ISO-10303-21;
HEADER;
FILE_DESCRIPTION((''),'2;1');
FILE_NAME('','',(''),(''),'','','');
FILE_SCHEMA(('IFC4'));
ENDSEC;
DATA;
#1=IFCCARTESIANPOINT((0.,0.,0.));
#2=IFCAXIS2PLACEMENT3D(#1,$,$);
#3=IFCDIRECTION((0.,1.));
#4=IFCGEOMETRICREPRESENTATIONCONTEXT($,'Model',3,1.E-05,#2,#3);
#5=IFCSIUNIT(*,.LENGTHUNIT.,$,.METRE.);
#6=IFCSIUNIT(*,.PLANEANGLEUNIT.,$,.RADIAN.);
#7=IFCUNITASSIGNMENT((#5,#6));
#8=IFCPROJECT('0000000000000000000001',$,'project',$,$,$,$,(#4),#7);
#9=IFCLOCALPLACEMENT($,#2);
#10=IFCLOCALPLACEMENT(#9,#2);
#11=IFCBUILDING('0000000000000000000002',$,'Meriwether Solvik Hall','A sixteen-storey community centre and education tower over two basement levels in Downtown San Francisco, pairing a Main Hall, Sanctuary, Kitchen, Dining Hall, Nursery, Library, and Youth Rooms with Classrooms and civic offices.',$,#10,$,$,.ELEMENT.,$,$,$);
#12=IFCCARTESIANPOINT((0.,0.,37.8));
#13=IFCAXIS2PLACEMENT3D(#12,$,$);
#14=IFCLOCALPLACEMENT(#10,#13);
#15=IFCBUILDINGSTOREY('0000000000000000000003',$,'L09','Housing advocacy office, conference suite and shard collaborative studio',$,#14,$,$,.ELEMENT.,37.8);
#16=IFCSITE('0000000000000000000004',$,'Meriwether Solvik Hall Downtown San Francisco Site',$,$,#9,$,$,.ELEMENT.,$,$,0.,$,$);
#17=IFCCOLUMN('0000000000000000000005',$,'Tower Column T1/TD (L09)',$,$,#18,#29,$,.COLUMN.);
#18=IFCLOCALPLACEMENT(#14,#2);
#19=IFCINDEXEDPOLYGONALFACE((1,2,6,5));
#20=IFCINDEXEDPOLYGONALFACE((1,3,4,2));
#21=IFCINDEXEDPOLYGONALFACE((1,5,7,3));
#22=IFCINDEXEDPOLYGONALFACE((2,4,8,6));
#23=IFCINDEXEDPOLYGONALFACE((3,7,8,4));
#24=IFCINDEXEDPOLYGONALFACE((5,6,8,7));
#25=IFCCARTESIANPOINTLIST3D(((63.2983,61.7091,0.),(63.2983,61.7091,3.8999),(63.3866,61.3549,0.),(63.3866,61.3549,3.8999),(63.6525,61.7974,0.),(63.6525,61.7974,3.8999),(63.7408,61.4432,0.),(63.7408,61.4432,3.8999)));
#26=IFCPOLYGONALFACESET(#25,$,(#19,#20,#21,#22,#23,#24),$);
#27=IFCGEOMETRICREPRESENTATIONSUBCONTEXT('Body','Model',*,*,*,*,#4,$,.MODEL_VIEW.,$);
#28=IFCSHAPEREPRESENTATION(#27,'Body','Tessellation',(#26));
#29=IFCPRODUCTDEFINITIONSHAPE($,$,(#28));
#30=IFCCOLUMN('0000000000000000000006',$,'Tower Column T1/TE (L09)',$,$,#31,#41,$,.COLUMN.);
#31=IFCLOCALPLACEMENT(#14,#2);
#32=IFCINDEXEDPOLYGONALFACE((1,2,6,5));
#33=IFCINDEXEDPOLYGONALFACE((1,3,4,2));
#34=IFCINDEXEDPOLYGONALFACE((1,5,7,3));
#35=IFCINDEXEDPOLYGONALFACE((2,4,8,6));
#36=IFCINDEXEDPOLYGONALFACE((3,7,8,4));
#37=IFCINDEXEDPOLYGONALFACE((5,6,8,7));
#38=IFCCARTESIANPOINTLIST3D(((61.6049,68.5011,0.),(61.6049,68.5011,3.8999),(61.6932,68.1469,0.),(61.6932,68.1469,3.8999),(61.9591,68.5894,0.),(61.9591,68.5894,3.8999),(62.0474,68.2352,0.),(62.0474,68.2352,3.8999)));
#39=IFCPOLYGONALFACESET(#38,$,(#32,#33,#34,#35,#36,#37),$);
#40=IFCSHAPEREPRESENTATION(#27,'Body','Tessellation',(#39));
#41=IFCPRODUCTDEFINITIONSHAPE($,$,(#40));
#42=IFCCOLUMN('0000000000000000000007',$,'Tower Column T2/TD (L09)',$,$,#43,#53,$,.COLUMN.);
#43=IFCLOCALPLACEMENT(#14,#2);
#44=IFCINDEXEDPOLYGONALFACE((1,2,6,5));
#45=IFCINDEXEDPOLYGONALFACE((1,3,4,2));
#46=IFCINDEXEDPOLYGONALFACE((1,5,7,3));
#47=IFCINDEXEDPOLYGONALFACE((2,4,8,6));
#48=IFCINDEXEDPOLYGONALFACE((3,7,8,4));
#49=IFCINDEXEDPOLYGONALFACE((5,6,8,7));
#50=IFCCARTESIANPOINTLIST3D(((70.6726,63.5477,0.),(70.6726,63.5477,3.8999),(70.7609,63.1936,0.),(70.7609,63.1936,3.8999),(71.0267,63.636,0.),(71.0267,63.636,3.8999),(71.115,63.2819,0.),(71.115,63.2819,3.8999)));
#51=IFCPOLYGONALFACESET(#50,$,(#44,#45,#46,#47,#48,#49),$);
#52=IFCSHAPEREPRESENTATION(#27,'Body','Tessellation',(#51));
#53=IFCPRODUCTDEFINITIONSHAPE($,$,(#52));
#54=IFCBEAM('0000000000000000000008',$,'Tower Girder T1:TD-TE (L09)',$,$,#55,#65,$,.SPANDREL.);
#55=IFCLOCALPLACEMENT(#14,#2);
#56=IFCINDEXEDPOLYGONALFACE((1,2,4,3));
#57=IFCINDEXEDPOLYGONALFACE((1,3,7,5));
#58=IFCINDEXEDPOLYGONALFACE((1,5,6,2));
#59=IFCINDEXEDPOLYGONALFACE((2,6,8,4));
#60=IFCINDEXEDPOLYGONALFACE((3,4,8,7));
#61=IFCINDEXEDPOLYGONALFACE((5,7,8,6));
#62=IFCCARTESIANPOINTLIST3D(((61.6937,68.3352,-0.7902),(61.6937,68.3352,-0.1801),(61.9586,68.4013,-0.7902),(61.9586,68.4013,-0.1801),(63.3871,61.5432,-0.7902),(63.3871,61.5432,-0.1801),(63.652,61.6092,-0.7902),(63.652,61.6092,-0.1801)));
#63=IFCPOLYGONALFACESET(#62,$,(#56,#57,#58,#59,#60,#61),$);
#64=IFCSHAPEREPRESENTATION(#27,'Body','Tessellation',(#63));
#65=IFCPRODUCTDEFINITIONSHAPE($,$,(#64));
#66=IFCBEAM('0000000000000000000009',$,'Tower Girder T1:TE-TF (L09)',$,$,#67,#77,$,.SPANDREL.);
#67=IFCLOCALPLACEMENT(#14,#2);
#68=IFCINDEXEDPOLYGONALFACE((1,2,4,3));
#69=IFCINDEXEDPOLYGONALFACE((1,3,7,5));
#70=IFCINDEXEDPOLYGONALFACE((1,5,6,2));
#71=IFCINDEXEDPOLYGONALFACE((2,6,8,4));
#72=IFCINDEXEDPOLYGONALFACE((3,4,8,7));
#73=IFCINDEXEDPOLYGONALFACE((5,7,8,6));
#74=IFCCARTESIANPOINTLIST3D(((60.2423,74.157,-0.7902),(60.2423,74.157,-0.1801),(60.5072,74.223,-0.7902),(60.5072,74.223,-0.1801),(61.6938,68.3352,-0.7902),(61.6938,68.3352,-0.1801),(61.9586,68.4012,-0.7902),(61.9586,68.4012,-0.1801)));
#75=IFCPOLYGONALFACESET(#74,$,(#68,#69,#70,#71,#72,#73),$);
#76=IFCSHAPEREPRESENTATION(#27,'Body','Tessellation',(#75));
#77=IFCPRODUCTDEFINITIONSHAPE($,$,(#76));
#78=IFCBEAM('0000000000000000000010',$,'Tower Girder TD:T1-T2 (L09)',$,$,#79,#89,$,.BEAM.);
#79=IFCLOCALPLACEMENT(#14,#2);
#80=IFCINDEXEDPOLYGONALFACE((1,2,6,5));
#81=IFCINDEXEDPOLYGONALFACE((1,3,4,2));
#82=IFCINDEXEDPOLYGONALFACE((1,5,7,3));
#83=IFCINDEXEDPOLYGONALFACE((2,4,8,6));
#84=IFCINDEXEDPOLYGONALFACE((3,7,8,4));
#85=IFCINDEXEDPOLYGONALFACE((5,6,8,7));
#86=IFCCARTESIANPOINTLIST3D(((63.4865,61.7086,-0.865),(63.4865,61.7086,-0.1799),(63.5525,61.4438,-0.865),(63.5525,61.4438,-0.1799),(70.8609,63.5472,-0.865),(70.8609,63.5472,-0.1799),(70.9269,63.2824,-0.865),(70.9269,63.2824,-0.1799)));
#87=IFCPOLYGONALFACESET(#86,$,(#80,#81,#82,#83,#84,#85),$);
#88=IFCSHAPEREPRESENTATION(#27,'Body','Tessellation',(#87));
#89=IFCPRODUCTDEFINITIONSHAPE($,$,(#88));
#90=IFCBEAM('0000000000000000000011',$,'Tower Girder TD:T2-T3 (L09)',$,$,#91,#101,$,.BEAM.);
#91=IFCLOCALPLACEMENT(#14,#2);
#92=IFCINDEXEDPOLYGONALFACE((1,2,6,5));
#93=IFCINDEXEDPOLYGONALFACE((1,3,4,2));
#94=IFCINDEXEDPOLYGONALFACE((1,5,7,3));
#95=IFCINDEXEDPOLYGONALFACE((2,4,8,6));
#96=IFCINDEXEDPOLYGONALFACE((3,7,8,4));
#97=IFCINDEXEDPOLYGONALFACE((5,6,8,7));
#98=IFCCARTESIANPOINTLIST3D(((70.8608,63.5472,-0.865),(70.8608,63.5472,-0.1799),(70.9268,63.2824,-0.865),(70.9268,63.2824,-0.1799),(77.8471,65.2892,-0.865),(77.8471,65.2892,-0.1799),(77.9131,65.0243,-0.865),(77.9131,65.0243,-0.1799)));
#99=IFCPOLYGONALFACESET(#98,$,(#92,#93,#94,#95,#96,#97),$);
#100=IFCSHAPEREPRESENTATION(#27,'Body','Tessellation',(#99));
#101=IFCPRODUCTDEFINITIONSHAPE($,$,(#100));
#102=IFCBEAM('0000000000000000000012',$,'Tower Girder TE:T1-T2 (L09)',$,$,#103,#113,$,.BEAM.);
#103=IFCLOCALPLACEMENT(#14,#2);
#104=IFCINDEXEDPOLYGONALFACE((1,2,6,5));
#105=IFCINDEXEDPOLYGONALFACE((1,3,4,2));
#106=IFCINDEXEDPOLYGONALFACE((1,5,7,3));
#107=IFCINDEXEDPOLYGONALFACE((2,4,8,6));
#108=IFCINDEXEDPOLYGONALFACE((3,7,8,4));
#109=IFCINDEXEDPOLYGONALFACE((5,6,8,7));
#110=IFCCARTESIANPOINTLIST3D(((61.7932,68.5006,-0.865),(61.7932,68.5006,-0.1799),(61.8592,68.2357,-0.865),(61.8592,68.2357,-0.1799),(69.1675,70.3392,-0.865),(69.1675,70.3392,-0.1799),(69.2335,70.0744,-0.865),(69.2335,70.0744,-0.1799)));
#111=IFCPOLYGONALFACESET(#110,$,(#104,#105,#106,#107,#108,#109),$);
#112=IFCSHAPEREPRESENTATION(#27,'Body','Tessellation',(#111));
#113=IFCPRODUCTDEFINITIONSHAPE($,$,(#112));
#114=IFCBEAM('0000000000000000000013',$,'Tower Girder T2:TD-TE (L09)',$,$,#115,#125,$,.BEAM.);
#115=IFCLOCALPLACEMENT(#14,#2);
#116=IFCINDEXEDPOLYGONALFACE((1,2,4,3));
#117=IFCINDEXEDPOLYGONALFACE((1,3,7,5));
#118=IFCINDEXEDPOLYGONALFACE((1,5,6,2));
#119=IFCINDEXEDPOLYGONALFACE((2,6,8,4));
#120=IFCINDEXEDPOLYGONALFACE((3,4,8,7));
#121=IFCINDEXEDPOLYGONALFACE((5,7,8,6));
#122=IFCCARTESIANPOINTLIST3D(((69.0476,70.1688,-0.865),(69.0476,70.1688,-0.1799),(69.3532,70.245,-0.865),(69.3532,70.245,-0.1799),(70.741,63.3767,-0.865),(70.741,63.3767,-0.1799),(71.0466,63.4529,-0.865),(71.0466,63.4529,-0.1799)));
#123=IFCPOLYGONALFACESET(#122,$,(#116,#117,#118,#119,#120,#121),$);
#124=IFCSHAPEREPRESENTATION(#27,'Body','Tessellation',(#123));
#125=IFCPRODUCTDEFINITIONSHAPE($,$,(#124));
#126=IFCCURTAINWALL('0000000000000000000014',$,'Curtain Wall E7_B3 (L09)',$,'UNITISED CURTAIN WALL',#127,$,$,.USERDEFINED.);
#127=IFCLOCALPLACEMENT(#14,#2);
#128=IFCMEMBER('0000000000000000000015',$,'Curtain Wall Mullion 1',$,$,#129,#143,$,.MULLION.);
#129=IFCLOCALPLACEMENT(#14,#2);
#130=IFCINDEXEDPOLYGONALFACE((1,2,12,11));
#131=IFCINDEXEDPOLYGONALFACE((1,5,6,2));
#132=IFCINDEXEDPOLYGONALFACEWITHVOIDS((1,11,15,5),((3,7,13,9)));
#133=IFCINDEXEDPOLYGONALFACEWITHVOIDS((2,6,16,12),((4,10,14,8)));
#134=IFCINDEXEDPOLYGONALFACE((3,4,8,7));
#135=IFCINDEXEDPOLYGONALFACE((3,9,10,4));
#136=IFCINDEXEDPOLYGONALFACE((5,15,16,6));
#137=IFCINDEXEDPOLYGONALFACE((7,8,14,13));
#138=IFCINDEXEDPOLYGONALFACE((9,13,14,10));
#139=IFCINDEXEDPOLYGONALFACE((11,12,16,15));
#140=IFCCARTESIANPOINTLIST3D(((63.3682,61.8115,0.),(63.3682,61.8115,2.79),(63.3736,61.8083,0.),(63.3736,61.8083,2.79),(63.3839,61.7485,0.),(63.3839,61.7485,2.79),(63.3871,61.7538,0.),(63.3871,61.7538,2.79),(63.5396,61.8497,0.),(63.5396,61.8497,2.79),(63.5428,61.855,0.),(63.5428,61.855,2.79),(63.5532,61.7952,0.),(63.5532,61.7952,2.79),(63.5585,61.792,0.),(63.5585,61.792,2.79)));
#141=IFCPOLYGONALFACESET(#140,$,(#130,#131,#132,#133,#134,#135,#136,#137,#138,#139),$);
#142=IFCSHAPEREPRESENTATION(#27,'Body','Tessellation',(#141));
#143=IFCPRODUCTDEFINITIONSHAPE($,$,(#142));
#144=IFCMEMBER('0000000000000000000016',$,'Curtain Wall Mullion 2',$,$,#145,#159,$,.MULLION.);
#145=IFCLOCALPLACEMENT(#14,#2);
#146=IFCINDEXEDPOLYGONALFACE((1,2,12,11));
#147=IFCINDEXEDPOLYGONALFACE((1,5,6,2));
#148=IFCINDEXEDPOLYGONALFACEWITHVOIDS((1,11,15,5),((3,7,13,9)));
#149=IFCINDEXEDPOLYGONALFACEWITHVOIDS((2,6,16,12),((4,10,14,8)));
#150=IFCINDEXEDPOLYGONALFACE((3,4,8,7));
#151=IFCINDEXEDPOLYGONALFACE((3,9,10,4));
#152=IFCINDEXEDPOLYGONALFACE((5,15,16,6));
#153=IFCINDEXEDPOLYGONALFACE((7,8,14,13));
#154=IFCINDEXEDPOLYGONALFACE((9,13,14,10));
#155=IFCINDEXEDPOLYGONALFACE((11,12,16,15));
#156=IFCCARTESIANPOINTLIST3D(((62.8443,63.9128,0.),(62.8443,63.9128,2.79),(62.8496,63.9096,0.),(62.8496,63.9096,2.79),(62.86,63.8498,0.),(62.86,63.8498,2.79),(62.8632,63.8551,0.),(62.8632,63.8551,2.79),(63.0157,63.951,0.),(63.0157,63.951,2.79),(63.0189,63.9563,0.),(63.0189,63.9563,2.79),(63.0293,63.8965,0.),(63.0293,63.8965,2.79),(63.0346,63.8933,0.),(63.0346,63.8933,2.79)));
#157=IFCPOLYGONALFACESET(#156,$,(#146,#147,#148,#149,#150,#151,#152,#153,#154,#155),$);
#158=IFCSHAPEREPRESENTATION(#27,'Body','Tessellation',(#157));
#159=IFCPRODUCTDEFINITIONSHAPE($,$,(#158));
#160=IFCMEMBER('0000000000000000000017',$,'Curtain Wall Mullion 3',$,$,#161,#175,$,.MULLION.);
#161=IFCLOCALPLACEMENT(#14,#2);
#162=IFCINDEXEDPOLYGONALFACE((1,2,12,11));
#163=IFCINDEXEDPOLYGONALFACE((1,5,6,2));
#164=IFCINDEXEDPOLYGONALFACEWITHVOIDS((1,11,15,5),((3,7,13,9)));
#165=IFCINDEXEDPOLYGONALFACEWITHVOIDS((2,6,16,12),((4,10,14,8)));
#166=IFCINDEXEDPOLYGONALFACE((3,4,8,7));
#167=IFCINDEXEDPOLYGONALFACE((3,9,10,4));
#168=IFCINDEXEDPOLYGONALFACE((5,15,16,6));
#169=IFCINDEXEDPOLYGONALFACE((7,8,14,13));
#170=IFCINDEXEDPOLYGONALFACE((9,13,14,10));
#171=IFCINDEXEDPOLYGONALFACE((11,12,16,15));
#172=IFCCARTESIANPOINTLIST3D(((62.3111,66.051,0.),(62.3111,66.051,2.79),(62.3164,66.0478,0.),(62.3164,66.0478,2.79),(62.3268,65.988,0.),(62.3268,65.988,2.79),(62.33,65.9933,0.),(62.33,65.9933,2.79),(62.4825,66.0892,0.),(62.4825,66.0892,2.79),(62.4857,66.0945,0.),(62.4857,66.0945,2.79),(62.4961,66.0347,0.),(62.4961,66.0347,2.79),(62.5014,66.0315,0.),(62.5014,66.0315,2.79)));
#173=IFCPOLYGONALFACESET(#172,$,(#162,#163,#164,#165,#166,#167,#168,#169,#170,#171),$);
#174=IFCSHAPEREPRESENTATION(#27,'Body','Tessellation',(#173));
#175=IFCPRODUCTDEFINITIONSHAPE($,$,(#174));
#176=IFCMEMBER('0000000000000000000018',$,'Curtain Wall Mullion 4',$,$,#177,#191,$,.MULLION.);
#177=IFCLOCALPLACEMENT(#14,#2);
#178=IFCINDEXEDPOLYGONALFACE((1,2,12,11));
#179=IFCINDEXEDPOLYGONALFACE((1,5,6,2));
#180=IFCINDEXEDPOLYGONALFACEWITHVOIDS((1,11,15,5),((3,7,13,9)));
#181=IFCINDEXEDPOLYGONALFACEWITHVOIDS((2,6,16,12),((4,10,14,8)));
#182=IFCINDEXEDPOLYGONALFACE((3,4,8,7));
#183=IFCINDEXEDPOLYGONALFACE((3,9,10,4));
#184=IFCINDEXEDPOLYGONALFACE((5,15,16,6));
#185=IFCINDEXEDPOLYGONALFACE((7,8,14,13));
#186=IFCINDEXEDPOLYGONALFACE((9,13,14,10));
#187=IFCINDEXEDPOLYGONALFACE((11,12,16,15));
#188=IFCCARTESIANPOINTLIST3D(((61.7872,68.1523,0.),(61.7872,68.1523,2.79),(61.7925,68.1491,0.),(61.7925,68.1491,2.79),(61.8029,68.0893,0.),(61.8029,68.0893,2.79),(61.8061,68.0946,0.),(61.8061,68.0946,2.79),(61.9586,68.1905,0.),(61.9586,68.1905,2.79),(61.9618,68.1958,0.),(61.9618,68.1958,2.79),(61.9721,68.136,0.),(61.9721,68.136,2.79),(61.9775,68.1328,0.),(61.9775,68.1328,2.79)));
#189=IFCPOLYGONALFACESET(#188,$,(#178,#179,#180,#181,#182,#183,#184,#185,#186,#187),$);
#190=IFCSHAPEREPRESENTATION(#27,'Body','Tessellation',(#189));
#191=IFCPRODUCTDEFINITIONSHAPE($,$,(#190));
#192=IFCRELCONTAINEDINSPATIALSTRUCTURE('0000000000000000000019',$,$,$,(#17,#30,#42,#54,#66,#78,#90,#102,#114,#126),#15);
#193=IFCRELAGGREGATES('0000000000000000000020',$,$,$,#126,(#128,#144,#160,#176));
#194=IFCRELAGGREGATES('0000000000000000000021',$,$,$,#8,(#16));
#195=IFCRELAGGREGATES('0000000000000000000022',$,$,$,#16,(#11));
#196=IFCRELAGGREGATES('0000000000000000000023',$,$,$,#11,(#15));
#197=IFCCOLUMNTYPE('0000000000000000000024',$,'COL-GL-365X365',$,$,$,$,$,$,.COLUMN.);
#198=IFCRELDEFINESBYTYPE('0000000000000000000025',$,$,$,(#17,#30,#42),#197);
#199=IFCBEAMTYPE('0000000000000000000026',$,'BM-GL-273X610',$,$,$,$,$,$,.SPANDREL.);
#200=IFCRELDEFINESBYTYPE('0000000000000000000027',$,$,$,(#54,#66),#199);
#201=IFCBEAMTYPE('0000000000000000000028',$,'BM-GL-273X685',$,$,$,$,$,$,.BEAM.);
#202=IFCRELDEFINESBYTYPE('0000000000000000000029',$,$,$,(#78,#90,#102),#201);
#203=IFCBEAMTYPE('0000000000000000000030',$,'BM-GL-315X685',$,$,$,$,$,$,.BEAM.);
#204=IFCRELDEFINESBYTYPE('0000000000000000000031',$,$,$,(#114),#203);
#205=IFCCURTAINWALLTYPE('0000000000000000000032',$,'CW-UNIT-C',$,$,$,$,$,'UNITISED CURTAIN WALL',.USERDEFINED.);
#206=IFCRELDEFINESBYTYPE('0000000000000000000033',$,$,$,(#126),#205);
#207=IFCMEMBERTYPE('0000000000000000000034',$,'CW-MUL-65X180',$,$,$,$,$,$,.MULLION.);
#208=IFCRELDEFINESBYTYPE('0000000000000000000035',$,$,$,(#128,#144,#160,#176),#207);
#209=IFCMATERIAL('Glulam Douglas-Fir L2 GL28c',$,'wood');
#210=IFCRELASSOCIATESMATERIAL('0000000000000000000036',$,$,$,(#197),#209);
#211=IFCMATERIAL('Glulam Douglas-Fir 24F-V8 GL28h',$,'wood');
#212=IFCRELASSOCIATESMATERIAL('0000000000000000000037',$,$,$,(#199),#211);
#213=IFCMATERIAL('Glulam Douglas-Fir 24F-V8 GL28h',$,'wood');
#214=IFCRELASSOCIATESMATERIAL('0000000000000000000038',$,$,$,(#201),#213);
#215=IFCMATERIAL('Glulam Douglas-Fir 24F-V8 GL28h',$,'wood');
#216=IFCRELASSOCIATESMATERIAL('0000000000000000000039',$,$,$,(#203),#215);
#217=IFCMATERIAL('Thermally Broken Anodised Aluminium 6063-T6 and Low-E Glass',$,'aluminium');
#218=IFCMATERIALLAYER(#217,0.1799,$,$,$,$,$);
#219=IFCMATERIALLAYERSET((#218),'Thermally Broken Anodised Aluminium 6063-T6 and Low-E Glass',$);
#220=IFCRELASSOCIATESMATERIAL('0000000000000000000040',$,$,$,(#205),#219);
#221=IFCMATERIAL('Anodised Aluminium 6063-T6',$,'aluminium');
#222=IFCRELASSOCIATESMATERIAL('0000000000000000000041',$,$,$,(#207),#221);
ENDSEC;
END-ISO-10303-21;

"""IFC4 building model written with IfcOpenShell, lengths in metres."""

from ifc_helpers import new_model, si_unit, direction, frame, origin, origin_2d, place, context, subcontext, project, spatial, rectangle, hollow_rectangle, extrude, material, layer, layer_set, material_profile, profile_set, type_object, element, aggregate, save


model = new_model("IFC4")

# Units and contexts
model_context = context("Model", 3, precision=1e-05, world=origin(), true_north=direction((0.0, 1.0)))
body_context = subcontext(model_context, "Body", "Model", "MODEL_VIEW")
ifc_project = project(units=[si_unit("LENGTHUNIT", "METRE"), si_unit("PLANEANGLEUNIT", "RADIAN")], contexts=[model_context])

# Site, building, storey
site_placement = place(None, origin())
site = spatial("IfcSite", under=ifc_project, at=site_placement, Name="Meriwether Solvik Hall Downtown San Francisco Site", CompositionType="ELEMENT", RefElevation=0.0)
building_placement = place(site_placement, origin())
building = spatial("IfcBuilding", under=site, at=building_placement, Name="Meriwether Solvik Hall", Description="A sixteen-storey community centre and education tower over two basement levels in Downtown San Francisco, pairing a Main Hall, Sanctuary, Kitchen, Dining Hall, Nursery, Library, and Youth Rooms with Classrooms and civic offices.", CompositionType="ELEMENT")
storey_placement = place(building_placement, frame((0.0, 0.0, 37.8)))
storey = spatial("IfcBuildingStorey", under=building, at=storey_placement, Name="L09", Description="Housing advocacy office, conference suite and shard collaborative studio", CompositionType="ELEMENT", Elevation=37.8)

# Columns
ifc_material_1 = material(Name="Glulam Douglas-Fir L2 GL28c", Category="wood")
ifc_material_profile_1 = material_profile(ifc_material_1, rectangle(XDim=0.365, YDim=0.365, at=origin_2d()), Name="GLC-365X365")
ifc_profile_set_1 = profile_set([ifc_material_profile_1], Name="Glulam Douglas-Fir L2 GL28c")
column_type = type_object("IfcColumnType", Name="COL-GL-365X365", PredefinedType="COLUMN", material=ifc_profile_set_1)
for number, where, z_axis, x_axis, name in (
    (1, (63.5195, 61.5762, 0.0), (0.0, 0.0, 1.0), (0.970296, 0.241922, 0.0), "Tower Column T1/TD (L09)"),
    (2, (61.8262, 68.3682, 0.0), (0.0, 0.0, 1.0), (0.970296, 0.241922, 0.0), "Tower Column T1/TE (L09)"),
    (3, (70.8938, 63.4148, 0.0), (0.0, 0.0, 1.0), (0.970296, 0.241922, 0.0), "Tower Column T2/TD (L09)"),
):
    element("IfcColumn", number, at=place(storey_placement, frame(where, z_axis=z_axis, x_axis=x_axis)), inside=storey, type_object=column_type, Name=name, PredefinedType="COLUMN", context=body_context, shape_type="SweptSolid", body=[
        extrude(rectangle(XDim=0.365, YDim=0.365, at=origin_2d()), origin(), (0.0, 0.0, 1.0), 3.8999),
    ])

# Beams
ifc_material_2 = material(Name="Glulam Douglas-Fir 24F-V8 GL28h", Category="wood")
ifc_material_profile_2 = material_profile(ifc_material_2, rectangle(XDim=0.2729, YDim=0.6101, at=origin_2d()), Name="GLB-273X610")
ifc_profile_set_2 = profile_set([ifc_material_profile_2], Name="Glulam Douglas-Fir 24F-V8 GL28h")
beam_type_1 = type_object("IfcBeamType", Name="BM-GL-273X610", PredefinedType="SPANDREL", material=ifc_profile_set_2)
beam_1_placement = place(storey_placement, frame((63.5195, 61.5762, -0.4851), z_axis=(-0.241912, 0.970298, 0.0), x_axis=(-0.970298, -0.241912, 0.0)))
element("IfcBeam", 4, at=beam_1_placement, inside=storey, type_object=beam_type_1, Name="Tower Girder T1:TD-TE (L09)", PredefinedType="SPANDREL", context=body_context, shape_type="SweptSolid", body=[
    extrude(rectangle(XDim=0.2729, YDim=0.6101, at=origin_2d()), origin(), (0.0, 0.0, 1.0), 7.0),
])
beam_2_placement = place(storey_placement, frame((61.8262, 68.3682, -0.4851), z_axis=(-0.241904, 0.9703, 0.0), x_axis=(-0.9703, -0.241904, 0.0)))
element("IfcBeam", 5, at=beam_2_placement, inside=storey, type_object=beam_type_1, Name="Tower Girder T1:TE-TF (L09)", PredefinedType="SPANDREL", context=body_context, shape_type="SweptSolid", body=[
    extrude(rectangle(XDim=0.2729, YDim=0.6101, at=origin_2d()), origin(), (0.0, 0.0, 1.0), 6.0),
])
ifc_material_3 = material(Name="Glulam Douglas-Fir 24F-V8 GL28h", Category="wood")
ifc_material_profile_3 = material_profile(ifc_material_3, rectangle(XDim=0.2729, YDim=0.6851, at=origin_2d()), Name="GLB-273X685")
ifc_profile_set_3 = profile_set([ifc_material_profile_3], Name="Glulam Douglas-Fir 24F-V8 GL28h")
beam_type_2 = type_object("IfcBeamType", Name="BM-GL-273X685", PredefinedType="BEAM", material=ifc_profile_set_3)
beam_3_placement = place(storey_placement, frame((63.5195, 61.5762, -0.5225), z_axis=(0.970295, 0.241923, 0.0), x_axis=(-0.241923, 0.970295, 0.0)))
element("IfcBeam", 6, at=beam_3_placement, inside=storey, type_object=beam_type_2, Name="Tower Girder TD:T1-T2 (L09)", PredefinedType="BEAM", context=body_context, shape_type="SweptSolid", body=[
    extrude(rectangle(XDim=0.2729, YDim=0.6851, at=origin_2d()), origin(), (0.0, 0.0, 1.0), 7.6001),
])
beam_4_placement = place(storey_placement, frame((70.8938, 63.4148, -0.5225), z_axis=(0.970294, 0.241929, 0.0), x_axis=(-0.241929, 0.970294, 0.0)))
element("IfcBeam", 7, at=beam_4_placement, inside=storey, type_object=beam_type_2, Name="Tower Girder TD:T2-T3 (L09)", PredefinedType="BEAM", context=body_context, shape_type="SweptSolid", body=[
    extrude(rectangle(XDim=0.2729, YDim=0.6851, at=origin_2d()), origin(), (0.0, 0.0, 1.0), 7.2002),
])
beam_5_placement = place(storey_placement, frame((61.8262, 68.3682, -0.5225), z_axis=(0.970295, 0.241923, 0.0), x_axis=(-0.241923, 0.970295, 0.0)))
element("IfcBeam", 8, at=beam_5_placement, inside=storey, type_object=beam_type_2, Name="Tower Girder TE:T1-T2 (L09)", PredefinedType="BEAM", context=body_context, shape_type="SweptSolid", body=[
    extrude(rectangle(XDim=0.2729, YDim=0.6851, at=origin_2d()), origin(), (0.0, 0.0, 1.0), 7.6001),
])
ifc_material_4 = material(Name="Glulam Douglas-Fir 24F-V8 GL28h", Category="wood")
ifc_material_profile_4 = material_profile(ifc_material_4, rectangle(XDim=0.3149, YDim=0.6851, at=origin_2d()), Name="GLB-315X685")
ifc_profile_set_4 = profile_set([ifc_material_profile_4], Name="Glulam Douglas-Fir 24F-V8 GL28h")
beam_type_3 = type_object("IfcBeamType", Name="BM-GL-315X685", PredefinedType="BEAM", material=ifc_profile_set_4)
beam_6_placement = place(storey_placement, frame((70.8938, 63.4148, -0.5225), z_axis=(-0.241912, 0.970298, 0.0), x_axis=(-0.970298, -0.241912, 0.0)))
element("IfcBeam", 9, at=beam_6_placement, inside=storey, type_object=beam_type_3, Name="Tower Girder T2:TD-TE (L09)", PredefinedType="BEAM", context=body_context, shape_type="SweptSolid", body=[
    extrude(rectangle(XDim=0.3149, YDim=0.6851, at=origin_2d()), origin(), (0.0, 0.0, 1.0), 7.0),
])

# Curtain wall, members
ifc_material_5 = material(Name="Thermally Broken Anodised Aluminium 6063-T6 and Low-E Glass", Category="aluminium")
ifc_layer_1 = layer(ifc_material_5, 0.1799)
ifc_layer_set_1 = layer_set([ifc_layer_1], Name="Thermally Broken Anodised Aluminium 6063-T6 and Low-E Glass")
curtain_wall_type_1 = type_object("IfcCurtainWallType", Name="CW-UNIT-C", ElementType="UNITISED CURTAIN WALL", PredefinedType="USERDEFINED", material=ifc_layer_set_1)
curtain_wall_1_placement = place(storey_placement, origin())
curtain_wall_1 = element("IfcCurtainWall", 10, at=curtain_wall_1_placement, inside=storey, type_object=curtain_wall_type_1, Name="Curtain Wall E7_B3 (L09)", ObjectType="UNITISED CURTAIN WALL", PredefinedType="USERDEFINED")
ifc_material_6 = material(Name="Anodised Aluminium 6063-T6", Category="aluminium")
ifc_material_profile_5 = material_profile(ifc_material_6, hollow_rectangle(XDim=0.0649, YDim=0.1799, WallThickness=0.0044, at=origin_2d()), Name="CWM-65X180")
ifc_profile_set_5 = profile_set([ifc_material_profile_5], Name="Anodised Aluminium 6063-T6")
member_type_1 = type_object("IfcMemberType", Name="CW-MUL-65X180", PredefinedType="MULLION", material=ifc_profile_set_5)
member_1_placement = place(storey_placement, frame((63.4634, 61.8018, 0.0), z_axis=(0.0, 0.0, 1.0), x_axis=(-0.241922, 0.970296, 0.0)))
member_1 = element("IfcMember", 11, at=member_1_placement, type_object=member_type_1, Name="Curtain Wall Mullion 1", PredefinedType="MULLION", context=body_context, shape_type="SweptSolid", body=[
    extrude(hollow_rectangle(XDim=0.0649, YDim=0.1799, WallThickness=0.0044, at=origin_2d()), origin(), (0.0, 0.0, 1.0), 2.79),
])
member_2_placement = place(storey_placement, frame((62.9395, 63.9031, 0.0), z_axis=(0.0, 0.0, 1.0), x_axis=(-0.241922, 0.970296, 0.0)))
member_2 = element("IfcMember", 12, at=member_2_placement, type_object=member_type_1, Name="Curtain Wall Mullion 2", PredefinedType="MULLION", context=body_context, shape_type="SweptSolid", body=[
    extrude(hollow_rectangle(XDim=0.0649, YDim=0.1799, WallThickness=0.0044, at=origin_2d()), origin(), (0.0, 0.0, 1.0), 2.79),
])
member_3_placement = place(storey_placement, frame((62.4062, 66.0413, 0.0), z_axis=(0.0, 0.0, 1.0), x_axis=(-0.241922, 0.970296, 0.0)))
member_3 = element("IfcMember", 13, at=member_3_placement, type_object=member_type_1, Name="Curtain Wall Mullion 3", PredefinedType="MULLION", context=body_context, shape_type="SweptSolid", body=[
    extrude(hollow_rectangle(XDim=0.0649, YDim=0.1799, WallThickness=0.0044, at=origin_2d()), origin(), (0.0, 0.0, 1.0), 2.79),
])
member_4_placement = place(storey_placement, frame((61.8823, 68.1426, 0.0), z_axis=(0.0, 0.0, 1.0), x_axis=(-0.241922, 0.970296, 0.0)))
member_4 = element("IfcMember", 14, at=member_4_placement, type_object=member_type_1, Name="Curtain Wall Mullion 4", PredefinedType="MULLION", context=body_context, shape_type="SweptSolid", body=[
    extrude(hollow_rectangle(XDim=0.0649, YDim=0.1799, WallThickness=0.0044, at=origin_2d()), origin(), (0.0, 0.0, 1.0), 2.79),
])

aggregate(curtain_wall_1, [member_1, member_2, member_3, member_4])

save(model, "model.ifc")
